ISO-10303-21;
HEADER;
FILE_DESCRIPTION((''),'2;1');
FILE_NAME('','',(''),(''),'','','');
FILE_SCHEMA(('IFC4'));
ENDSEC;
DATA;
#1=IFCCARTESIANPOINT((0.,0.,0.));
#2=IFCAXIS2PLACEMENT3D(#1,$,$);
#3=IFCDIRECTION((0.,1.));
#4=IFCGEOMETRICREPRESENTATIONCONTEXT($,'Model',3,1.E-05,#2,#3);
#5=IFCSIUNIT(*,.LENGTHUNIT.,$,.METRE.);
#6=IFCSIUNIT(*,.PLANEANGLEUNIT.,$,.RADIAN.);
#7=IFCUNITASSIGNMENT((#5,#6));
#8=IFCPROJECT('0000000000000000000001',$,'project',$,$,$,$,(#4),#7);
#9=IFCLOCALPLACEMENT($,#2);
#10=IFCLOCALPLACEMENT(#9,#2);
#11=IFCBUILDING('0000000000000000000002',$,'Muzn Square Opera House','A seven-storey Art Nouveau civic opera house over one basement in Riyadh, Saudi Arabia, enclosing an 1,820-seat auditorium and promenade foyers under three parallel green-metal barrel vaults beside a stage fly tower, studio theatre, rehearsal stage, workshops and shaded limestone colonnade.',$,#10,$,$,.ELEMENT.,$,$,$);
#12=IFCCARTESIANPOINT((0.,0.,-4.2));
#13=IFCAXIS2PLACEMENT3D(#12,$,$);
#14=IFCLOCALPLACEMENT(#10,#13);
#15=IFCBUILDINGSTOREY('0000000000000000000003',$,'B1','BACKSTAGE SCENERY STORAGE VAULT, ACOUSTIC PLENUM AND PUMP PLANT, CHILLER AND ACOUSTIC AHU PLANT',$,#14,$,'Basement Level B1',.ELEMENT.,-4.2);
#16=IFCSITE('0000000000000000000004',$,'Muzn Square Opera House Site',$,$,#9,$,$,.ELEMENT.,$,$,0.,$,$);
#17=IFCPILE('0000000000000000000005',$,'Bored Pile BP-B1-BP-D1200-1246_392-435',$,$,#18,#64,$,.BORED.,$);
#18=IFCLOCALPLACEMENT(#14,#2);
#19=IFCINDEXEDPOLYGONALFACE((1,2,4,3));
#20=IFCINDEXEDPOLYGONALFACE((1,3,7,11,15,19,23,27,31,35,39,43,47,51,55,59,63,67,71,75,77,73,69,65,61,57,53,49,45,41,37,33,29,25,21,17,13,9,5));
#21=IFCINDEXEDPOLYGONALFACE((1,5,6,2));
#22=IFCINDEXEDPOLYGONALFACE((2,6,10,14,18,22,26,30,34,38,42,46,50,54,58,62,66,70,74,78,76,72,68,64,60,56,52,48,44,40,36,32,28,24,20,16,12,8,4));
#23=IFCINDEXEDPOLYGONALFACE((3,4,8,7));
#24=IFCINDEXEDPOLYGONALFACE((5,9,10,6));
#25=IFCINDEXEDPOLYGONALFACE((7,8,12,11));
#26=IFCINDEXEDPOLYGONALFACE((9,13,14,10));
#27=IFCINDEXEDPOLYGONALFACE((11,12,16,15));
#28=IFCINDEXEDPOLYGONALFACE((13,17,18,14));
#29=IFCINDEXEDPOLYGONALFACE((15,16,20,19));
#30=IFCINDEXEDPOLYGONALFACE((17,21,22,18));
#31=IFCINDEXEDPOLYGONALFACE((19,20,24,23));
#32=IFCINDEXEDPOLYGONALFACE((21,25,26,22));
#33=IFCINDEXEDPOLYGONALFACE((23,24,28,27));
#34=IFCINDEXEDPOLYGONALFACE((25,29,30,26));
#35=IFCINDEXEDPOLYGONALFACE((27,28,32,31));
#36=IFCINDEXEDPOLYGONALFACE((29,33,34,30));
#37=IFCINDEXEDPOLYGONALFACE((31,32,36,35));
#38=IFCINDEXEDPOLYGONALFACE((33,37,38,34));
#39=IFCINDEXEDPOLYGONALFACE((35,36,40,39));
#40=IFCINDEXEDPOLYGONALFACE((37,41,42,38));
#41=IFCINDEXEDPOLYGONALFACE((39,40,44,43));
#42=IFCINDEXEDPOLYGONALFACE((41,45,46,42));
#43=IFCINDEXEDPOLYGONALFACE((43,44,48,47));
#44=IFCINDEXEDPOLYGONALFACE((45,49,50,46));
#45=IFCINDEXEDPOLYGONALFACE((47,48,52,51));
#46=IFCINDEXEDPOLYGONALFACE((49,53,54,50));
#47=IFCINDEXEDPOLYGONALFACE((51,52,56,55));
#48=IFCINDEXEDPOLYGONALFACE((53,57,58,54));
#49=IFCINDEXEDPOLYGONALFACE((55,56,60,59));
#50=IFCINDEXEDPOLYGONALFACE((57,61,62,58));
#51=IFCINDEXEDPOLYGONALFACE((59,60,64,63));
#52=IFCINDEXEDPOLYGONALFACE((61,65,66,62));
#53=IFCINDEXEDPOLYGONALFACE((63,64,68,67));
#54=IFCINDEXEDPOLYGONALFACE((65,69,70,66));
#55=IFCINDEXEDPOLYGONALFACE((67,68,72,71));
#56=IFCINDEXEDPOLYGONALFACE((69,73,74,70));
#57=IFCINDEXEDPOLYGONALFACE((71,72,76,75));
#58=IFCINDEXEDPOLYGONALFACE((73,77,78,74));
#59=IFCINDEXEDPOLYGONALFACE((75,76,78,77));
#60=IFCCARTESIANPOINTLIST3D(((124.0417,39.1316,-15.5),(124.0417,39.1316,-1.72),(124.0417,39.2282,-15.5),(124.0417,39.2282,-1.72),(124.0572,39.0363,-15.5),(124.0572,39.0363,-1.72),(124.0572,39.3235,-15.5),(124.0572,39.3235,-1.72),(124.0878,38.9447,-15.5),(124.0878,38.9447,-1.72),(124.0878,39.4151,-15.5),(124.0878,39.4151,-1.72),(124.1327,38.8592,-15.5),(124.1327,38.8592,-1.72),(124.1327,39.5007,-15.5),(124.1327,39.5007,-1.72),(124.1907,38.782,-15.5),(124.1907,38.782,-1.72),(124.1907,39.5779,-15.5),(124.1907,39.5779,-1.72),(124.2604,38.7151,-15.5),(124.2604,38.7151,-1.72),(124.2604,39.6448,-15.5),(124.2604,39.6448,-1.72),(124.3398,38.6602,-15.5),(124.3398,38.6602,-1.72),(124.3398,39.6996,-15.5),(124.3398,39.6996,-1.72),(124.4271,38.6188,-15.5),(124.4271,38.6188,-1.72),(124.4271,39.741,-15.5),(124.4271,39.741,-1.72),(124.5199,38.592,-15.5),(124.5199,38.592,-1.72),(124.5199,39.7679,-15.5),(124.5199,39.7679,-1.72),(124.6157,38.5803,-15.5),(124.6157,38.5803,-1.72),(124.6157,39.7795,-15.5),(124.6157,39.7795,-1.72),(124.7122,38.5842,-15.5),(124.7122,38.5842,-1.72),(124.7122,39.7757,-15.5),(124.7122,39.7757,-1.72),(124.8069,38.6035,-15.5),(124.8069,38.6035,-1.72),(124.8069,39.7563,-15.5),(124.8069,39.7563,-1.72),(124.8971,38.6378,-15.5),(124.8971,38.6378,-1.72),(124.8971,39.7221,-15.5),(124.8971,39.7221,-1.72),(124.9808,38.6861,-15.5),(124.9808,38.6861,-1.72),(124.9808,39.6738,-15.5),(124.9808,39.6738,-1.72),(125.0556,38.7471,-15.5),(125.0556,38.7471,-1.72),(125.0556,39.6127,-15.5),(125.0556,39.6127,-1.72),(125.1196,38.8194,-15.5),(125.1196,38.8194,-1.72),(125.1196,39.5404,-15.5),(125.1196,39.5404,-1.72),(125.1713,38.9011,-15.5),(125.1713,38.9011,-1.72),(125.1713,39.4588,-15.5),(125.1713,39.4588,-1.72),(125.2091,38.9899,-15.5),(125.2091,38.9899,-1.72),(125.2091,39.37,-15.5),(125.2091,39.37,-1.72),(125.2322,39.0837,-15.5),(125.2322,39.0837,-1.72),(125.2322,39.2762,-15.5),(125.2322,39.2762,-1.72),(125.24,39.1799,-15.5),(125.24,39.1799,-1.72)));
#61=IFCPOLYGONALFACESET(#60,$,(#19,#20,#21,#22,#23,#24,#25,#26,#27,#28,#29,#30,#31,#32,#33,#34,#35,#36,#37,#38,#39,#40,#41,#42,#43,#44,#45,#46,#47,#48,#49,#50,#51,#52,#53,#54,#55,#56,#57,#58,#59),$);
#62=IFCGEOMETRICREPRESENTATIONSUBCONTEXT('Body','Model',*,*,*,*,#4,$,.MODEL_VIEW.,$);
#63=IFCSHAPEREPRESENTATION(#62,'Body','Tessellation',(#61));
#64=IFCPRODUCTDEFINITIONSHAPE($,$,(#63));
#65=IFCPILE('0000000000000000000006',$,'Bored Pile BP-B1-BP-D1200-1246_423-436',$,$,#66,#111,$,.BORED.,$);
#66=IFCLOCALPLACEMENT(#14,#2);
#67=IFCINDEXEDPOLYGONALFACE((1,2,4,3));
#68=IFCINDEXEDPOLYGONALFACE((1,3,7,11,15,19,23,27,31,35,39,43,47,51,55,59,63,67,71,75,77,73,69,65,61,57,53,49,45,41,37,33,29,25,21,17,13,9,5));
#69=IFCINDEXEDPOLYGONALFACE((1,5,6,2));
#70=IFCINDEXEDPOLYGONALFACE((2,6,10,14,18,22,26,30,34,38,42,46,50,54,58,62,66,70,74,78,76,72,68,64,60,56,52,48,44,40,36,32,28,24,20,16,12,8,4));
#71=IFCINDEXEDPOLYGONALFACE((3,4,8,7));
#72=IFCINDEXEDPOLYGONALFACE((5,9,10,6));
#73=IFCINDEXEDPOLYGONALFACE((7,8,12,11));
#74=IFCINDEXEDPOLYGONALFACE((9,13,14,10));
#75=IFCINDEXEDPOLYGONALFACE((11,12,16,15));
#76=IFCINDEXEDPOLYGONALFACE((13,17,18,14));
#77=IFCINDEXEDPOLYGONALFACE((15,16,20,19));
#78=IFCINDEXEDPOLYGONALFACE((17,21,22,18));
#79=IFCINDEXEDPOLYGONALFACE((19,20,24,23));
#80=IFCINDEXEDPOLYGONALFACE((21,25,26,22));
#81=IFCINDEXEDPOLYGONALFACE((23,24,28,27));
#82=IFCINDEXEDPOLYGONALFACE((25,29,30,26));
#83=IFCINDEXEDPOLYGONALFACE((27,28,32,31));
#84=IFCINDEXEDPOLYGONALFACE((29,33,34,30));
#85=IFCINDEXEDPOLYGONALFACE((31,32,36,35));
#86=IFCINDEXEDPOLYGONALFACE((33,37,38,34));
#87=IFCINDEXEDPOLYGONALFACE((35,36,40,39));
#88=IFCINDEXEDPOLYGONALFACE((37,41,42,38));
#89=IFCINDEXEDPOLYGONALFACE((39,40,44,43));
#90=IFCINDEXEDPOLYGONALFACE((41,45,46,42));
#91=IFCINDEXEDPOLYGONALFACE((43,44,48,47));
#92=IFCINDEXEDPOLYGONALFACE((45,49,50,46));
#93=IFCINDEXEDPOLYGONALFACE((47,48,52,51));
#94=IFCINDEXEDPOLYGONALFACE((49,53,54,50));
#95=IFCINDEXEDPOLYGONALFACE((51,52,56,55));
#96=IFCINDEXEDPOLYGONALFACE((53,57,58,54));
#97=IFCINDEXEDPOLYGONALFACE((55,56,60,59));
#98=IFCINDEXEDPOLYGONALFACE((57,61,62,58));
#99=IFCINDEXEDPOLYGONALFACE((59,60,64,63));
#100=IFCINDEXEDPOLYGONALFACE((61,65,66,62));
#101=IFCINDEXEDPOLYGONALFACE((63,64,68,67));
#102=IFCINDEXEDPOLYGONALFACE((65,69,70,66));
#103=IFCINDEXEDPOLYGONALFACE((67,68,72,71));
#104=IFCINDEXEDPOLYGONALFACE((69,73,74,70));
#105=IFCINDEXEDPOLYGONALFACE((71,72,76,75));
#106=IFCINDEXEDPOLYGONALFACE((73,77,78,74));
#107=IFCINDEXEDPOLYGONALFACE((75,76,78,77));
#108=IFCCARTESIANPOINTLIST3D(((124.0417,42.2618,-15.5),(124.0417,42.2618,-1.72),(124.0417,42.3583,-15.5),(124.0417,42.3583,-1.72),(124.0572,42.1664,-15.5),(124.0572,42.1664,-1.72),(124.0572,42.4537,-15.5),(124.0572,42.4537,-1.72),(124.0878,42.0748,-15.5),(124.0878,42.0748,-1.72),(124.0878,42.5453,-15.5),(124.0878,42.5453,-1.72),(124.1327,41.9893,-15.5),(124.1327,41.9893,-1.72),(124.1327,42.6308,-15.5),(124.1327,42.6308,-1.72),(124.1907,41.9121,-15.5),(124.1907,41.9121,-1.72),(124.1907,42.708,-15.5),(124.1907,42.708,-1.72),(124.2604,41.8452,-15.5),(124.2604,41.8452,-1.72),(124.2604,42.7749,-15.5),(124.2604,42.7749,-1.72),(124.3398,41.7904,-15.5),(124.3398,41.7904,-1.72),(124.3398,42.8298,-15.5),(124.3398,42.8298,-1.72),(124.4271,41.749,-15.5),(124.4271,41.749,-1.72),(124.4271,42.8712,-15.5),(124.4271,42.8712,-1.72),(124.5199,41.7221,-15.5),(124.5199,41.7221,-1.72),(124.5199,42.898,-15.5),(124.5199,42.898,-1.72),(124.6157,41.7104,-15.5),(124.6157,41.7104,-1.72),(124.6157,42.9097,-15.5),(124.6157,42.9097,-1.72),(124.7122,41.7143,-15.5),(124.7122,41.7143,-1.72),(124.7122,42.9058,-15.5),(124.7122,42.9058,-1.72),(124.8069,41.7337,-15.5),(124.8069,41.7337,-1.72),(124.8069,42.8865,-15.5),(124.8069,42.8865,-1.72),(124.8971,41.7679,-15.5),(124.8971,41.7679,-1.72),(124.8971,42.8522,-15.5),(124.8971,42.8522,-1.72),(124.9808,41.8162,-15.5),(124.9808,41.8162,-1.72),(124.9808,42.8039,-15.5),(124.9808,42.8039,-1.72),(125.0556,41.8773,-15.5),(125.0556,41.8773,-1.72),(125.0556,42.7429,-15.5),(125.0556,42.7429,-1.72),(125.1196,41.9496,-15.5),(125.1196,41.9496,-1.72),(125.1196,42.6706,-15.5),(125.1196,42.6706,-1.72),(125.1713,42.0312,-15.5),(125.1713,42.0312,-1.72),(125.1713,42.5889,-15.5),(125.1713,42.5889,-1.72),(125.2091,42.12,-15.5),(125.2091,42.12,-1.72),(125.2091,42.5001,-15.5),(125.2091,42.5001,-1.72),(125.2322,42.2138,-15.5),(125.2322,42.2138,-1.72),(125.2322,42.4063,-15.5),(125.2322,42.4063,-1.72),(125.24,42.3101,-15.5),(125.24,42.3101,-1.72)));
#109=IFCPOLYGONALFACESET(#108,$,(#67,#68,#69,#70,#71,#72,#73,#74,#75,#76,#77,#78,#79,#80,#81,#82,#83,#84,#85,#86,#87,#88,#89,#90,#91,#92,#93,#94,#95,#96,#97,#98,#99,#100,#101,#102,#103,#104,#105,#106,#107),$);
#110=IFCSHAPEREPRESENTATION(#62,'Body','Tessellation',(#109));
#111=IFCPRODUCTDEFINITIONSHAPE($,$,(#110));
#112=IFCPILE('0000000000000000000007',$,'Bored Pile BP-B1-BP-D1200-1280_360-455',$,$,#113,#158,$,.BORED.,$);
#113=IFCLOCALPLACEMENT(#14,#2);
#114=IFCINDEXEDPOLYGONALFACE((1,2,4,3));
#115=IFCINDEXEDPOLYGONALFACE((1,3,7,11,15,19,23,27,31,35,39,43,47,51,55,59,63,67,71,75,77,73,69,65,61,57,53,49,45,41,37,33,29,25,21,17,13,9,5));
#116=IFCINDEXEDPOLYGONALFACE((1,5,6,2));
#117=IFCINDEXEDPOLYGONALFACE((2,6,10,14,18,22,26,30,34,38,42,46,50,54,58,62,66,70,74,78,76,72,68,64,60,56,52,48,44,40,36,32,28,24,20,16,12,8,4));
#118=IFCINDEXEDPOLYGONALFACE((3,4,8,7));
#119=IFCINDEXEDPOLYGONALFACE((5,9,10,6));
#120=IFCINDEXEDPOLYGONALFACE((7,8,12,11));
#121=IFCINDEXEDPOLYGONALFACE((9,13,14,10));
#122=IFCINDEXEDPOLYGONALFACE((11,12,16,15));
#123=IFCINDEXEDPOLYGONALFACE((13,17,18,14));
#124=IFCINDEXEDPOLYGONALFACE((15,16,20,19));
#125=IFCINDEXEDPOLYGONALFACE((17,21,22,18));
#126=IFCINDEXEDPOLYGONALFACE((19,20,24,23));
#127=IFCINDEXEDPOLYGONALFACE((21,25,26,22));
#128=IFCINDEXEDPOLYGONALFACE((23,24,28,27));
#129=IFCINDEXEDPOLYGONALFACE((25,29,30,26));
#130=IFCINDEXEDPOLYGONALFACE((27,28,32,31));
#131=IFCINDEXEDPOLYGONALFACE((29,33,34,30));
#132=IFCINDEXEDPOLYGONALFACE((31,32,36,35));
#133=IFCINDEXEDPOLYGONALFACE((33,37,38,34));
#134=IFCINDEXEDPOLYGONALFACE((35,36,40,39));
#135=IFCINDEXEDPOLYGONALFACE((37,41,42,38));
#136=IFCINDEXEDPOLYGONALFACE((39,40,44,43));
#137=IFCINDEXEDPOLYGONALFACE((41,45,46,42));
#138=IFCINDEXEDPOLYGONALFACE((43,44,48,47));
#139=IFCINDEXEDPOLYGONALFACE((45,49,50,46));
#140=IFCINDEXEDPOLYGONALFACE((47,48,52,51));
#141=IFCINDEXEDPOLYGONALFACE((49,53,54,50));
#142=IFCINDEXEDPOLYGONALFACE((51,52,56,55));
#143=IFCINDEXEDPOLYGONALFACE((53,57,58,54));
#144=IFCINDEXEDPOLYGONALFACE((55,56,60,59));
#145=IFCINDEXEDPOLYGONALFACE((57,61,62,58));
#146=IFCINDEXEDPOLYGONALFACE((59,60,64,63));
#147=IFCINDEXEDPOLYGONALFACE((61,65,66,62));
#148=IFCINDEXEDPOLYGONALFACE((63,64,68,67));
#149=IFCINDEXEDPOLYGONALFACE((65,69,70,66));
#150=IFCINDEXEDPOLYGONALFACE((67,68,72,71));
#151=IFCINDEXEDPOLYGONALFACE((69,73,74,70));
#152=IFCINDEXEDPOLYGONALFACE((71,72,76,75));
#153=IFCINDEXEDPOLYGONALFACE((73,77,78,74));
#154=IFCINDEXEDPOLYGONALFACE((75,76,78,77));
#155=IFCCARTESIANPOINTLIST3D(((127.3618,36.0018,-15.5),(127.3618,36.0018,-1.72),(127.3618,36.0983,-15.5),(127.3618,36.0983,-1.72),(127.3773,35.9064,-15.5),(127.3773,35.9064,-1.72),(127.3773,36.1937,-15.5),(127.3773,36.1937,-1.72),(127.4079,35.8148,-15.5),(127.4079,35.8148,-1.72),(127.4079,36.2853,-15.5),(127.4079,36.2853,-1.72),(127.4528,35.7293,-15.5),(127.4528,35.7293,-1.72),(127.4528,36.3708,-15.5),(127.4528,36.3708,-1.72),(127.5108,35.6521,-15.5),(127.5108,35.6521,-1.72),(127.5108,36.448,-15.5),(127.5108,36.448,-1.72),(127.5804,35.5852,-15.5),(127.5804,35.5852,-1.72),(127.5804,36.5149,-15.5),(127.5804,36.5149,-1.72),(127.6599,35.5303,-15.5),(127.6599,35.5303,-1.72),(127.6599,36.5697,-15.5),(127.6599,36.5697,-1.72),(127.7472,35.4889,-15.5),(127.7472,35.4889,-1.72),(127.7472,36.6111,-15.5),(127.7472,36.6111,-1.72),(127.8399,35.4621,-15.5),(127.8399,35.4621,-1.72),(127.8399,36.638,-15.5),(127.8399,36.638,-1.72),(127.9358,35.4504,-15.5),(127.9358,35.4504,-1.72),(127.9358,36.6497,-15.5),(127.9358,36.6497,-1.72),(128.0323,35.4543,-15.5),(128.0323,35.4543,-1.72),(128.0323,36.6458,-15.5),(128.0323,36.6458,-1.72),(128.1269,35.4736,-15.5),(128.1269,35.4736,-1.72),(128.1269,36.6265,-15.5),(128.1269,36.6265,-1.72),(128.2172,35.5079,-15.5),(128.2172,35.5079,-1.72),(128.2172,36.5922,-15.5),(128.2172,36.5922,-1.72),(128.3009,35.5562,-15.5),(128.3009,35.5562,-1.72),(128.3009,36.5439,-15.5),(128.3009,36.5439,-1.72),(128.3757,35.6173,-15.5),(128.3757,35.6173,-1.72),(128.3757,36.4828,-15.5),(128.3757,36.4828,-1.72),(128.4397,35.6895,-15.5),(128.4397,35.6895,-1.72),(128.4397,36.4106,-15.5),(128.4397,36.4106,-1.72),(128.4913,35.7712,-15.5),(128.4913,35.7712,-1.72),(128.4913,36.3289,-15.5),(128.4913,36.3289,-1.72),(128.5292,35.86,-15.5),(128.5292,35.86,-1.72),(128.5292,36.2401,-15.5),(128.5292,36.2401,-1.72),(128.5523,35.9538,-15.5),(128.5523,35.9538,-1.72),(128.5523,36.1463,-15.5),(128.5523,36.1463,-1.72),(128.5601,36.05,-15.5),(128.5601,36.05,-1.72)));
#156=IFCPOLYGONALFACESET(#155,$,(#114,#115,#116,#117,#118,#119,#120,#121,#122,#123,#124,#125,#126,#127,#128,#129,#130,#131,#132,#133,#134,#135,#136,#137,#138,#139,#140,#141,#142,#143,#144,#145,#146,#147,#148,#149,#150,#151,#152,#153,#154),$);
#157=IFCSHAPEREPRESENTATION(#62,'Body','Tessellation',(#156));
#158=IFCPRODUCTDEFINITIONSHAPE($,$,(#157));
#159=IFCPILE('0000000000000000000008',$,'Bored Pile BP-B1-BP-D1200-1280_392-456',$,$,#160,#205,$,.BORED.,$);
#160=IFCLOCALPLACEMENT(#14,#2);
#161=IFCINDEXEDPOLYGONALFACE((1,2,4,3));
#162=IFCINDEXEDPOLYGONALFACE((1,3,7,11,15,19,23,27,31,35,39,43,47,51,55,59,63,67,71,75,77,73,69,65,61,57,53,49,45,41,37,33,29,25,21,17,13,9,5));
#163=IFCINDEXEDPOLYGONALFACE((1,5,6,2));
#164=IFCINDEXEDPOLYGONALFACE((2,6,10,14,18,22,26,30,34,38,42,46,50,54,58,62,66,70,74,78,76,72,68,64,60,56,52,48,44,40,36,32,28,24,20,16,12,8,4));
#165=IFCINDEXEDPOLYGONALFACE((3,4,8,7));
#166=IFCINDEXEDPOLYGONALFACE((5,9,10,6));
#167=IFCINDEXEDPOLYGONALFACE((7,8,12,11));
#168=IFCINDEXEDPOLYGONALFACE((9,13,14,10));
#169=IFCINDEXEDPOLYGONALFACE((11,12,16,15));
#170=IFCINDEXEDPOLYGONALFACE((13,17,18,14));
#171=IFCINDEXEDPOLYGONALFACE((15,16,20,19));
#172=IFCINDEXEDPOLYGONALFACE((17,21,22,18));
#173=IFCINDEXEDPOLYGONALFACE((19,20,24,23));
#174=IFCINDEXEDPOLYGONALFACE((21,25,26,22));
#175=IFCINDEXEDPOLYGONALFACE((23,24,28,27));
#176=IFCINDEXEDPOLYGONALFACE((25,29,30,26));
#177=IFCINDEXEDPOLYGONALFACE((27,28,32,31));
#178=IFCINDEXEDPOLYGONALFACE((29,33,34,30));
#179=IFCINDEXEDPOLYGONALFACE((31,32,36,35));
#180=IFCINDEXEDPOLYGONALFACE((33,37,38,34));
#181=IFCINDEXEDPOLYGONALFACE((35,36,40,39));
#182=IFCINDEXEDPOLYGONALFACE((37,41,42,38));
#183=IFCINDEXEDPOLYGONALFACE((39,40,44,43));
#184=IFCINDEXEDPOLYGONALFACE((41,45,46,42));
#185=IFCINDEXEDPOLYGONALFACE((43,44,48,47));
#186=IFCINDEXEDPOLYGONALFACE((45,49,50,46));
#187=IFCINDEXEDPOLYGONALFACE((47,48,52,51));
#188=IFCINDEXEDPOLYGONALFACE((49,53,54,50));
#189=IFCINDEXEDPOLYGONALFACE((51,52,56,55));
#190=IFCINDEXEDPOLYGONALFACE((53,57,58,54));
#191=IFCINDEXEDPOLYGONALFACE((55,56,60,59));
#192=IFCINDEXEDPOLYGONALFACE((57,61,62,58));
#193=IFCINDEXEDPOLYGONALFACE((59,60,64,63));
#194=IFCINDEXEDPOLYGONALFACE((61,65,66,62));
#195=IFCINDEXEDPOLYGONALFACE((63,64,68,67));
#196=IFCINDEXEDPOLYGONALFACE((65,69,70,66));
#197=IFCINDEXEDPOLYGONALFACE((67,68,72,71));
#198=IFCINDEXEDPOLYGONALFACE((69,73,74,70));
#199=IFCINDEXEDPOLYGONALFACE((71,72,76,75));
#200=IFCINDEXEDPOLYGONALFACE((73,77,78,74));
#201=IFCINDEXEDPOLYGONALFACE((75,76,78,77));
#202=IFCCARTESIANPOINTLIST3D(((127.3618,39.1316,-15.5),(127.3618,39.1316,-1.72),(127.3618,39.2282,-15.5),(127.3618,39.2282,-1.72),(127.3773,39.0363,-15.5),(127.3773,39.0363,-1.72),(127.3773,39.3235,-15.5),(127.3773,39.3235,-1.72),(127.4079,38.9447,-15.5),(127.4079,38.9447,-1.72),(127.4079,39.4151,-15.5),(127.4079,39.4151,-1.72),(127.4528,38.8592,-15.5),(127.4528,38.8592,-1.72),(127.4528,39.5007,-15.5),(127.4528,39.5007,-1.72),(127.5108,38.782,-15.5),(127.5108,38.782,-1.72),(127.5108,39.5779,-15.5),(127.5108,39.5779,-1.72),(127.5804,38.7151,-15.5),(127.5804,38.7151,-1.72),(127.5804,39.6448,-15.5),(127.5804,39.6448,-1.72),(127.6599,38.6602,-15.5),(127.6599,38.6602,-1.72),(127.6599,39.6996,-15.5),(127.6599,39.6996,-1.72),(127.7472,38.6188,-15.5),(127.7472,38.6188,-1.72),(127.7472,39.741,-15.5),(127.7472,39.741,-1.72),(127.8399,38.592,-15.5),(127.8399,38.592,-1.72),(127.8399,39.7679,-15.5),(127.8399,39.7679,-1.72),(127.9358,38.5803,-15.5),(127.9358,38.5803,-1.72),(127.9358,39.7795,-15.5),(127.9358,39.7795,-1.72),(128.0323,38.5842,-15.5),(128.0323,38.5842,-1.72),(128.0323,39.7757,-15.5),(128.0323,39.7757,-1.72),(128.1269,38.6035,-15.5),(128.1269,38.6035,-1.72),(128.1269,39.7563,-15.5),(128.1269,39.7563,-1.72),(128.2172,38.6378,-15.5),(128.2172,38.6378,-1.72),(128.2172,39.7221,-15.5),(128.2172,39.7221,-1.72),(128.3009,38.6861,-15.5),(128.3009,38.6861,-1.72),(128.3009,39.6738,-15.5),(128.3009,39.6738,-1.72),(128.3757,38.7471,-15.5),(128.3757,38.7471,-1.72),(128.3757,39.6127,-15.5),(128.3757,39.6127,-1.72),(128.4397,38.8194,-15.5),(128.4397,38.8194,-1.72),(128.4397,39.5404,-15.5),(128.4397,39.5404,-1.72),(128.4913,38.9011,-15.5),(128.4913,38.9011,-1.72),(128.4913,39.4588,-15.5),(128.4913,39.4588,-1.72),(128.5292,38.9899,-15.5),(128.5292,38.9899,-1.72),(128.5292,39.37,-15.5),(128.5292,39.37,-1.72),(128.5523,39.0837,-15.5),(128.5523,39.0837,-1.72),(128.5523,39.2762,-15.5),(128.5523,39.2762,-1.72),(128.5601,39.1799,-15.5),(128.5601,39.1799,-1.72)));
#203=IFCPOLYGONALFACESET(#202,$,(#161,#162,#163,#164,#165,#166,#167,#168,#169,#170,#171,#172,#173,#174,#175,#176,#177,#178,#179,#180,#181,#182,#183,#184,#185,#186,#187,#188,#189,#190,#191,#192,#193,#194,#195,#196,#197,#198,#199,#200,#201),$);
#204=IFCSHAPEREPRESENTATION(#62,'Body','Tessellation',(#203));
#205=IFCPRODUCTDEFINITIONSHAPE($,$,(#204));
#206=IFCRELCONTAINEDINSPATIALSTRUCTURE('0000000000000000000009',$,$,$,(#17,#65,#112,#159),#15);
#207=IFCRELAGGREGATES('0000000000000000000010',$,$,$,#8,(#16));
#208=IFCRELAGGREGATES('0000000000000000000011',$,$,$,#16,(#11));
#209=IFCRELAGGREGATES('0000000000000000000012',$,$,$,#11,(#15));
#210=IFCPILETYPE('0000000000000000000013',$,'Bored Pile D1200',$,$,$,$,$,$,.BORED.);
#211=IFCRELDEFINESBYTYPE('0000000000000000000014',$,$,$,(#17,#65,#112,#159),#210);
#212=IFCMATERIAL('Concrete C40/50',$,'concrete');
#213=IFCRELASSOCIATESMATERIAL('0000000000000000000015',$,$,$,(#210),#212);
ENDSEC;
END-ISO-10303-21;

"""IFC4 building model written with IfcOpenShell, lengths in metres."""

from ifc_helpers import new_model, si_unit, direction, frame, origin, origin_2d, place, context, subcontext, project, spatial, circle, extrude, material, material_profile, profile_set, type_object, element, save


model = new_model("IFC4")

# Units and contexts
model_context = context("Model", 3, precision=1e-05, world=origin(), true_north=direction((0.0, 1.0)))
body_context = subcontext(model_context, "Body", "Model", "MODEL_VIEW")
ifc_project = project(units=[si_unit("LENGTHUNIT", "METRE"), si_unit("PLANEANGLEUNIT", "RADIAN")], contexts=[model_context])

# Site, building, storey
site_placement = place(None, origin())
site = spatial("IfcSite", under=ifc_project, at=site_placement, Name="Muzn Square Opera House Site", CompositionType="ELEMENT", RefElevation=0.0)
building_placement = place(site_placement, origin())
building = spatial("IfcBuilding", under=site, at=building_placement, Name="Muzn Square Opera House", Description="A seven-storey Art Nouveau civic opera house over one basement in Riyadh, Saudi Arabia, enclosing an 1,820-seat auditorium and promenade foyers under three parallel green-metal barrel vaults beside a stage fly tower, studio theatre, rehearsal stage, workshops and shaded limestone colonnade.", CompositionType="ELEMENT")
storey_placement = place(building_placement, frame((0.0, 0.0, -4.2)))
storey = spatial("IfcBuildingStorey", under=building, at=storey_placement, Name="B1", Description="BACKSTAGE SCENERY STORAGE VAULT, ACOUSTIC PLENUM AND PUMP PLANT, CHILLER AND ACOUSTIC AHU PLANT", LongName="Basement Level B1", CompositionType="ELEMENT", Elevation=-4.2)

# Piles
ifc_material_1 = material(Name="Concrete C40/50", Category="concrete")
ifc_material_profile_1 = material_profile(ifc_material_1, circle(Radius=0.6001, at=origin_2d()), Name="BORED PILE D1200", Category="concrete")
ifc_profile_set_1 = profile_set([ifc_material_profile_1], Name="Concrete C40/50")
pile_type = type_object("IfcPileType", Name="Bored Pile D1200", PredefinedType="BORED", material=ifc_profile_set_1)
for number, where, z_axis, x_axis, name in (
    (1, (124.6399, 39.1799, -1.72), (0.0, 0.0, -1.0), (1.0, 0.0, 0.0), "Bored Pile BP-B1-BP-D1200-1246_392-435"),
    (2, (124.6399, 42.3101, -1.72), (0.0, 0.0, -1.0), (1.0, 0.0, 0.0), "Bored Pile BP-B1-BP-D1200-1246_423-436"),
    (3, (127.96, 36.05, -1.72), (0.0, 0.0, -1.0), (1.0, 0.0, 0.0), "Bored Pile BP-B1-BP-D1200-1280_360-455"),
    (4, (127.96, 39.1799, -1.72), (0.0, 0.0, -1.0), (1.0, 0.0, 0.0), "Bored Pile BP-B1-BP-D1200-1280_392-456"),
):
    element("IfcPile", number, at=place(storey_placement, frame(where, z_axis=z_axis, x_axis=x_axis)), inside=storey, type_object=pile_type, Name=name, PredefinedType="BORED", context=body_context, shape_type="SweptSolid", body=[
        extrude(circle(Radius=0.6001, at=origin_2d()), origin(), (0.0, 0.0, 1.0), 13.78),
    ])

save(model, "model.ifc")
